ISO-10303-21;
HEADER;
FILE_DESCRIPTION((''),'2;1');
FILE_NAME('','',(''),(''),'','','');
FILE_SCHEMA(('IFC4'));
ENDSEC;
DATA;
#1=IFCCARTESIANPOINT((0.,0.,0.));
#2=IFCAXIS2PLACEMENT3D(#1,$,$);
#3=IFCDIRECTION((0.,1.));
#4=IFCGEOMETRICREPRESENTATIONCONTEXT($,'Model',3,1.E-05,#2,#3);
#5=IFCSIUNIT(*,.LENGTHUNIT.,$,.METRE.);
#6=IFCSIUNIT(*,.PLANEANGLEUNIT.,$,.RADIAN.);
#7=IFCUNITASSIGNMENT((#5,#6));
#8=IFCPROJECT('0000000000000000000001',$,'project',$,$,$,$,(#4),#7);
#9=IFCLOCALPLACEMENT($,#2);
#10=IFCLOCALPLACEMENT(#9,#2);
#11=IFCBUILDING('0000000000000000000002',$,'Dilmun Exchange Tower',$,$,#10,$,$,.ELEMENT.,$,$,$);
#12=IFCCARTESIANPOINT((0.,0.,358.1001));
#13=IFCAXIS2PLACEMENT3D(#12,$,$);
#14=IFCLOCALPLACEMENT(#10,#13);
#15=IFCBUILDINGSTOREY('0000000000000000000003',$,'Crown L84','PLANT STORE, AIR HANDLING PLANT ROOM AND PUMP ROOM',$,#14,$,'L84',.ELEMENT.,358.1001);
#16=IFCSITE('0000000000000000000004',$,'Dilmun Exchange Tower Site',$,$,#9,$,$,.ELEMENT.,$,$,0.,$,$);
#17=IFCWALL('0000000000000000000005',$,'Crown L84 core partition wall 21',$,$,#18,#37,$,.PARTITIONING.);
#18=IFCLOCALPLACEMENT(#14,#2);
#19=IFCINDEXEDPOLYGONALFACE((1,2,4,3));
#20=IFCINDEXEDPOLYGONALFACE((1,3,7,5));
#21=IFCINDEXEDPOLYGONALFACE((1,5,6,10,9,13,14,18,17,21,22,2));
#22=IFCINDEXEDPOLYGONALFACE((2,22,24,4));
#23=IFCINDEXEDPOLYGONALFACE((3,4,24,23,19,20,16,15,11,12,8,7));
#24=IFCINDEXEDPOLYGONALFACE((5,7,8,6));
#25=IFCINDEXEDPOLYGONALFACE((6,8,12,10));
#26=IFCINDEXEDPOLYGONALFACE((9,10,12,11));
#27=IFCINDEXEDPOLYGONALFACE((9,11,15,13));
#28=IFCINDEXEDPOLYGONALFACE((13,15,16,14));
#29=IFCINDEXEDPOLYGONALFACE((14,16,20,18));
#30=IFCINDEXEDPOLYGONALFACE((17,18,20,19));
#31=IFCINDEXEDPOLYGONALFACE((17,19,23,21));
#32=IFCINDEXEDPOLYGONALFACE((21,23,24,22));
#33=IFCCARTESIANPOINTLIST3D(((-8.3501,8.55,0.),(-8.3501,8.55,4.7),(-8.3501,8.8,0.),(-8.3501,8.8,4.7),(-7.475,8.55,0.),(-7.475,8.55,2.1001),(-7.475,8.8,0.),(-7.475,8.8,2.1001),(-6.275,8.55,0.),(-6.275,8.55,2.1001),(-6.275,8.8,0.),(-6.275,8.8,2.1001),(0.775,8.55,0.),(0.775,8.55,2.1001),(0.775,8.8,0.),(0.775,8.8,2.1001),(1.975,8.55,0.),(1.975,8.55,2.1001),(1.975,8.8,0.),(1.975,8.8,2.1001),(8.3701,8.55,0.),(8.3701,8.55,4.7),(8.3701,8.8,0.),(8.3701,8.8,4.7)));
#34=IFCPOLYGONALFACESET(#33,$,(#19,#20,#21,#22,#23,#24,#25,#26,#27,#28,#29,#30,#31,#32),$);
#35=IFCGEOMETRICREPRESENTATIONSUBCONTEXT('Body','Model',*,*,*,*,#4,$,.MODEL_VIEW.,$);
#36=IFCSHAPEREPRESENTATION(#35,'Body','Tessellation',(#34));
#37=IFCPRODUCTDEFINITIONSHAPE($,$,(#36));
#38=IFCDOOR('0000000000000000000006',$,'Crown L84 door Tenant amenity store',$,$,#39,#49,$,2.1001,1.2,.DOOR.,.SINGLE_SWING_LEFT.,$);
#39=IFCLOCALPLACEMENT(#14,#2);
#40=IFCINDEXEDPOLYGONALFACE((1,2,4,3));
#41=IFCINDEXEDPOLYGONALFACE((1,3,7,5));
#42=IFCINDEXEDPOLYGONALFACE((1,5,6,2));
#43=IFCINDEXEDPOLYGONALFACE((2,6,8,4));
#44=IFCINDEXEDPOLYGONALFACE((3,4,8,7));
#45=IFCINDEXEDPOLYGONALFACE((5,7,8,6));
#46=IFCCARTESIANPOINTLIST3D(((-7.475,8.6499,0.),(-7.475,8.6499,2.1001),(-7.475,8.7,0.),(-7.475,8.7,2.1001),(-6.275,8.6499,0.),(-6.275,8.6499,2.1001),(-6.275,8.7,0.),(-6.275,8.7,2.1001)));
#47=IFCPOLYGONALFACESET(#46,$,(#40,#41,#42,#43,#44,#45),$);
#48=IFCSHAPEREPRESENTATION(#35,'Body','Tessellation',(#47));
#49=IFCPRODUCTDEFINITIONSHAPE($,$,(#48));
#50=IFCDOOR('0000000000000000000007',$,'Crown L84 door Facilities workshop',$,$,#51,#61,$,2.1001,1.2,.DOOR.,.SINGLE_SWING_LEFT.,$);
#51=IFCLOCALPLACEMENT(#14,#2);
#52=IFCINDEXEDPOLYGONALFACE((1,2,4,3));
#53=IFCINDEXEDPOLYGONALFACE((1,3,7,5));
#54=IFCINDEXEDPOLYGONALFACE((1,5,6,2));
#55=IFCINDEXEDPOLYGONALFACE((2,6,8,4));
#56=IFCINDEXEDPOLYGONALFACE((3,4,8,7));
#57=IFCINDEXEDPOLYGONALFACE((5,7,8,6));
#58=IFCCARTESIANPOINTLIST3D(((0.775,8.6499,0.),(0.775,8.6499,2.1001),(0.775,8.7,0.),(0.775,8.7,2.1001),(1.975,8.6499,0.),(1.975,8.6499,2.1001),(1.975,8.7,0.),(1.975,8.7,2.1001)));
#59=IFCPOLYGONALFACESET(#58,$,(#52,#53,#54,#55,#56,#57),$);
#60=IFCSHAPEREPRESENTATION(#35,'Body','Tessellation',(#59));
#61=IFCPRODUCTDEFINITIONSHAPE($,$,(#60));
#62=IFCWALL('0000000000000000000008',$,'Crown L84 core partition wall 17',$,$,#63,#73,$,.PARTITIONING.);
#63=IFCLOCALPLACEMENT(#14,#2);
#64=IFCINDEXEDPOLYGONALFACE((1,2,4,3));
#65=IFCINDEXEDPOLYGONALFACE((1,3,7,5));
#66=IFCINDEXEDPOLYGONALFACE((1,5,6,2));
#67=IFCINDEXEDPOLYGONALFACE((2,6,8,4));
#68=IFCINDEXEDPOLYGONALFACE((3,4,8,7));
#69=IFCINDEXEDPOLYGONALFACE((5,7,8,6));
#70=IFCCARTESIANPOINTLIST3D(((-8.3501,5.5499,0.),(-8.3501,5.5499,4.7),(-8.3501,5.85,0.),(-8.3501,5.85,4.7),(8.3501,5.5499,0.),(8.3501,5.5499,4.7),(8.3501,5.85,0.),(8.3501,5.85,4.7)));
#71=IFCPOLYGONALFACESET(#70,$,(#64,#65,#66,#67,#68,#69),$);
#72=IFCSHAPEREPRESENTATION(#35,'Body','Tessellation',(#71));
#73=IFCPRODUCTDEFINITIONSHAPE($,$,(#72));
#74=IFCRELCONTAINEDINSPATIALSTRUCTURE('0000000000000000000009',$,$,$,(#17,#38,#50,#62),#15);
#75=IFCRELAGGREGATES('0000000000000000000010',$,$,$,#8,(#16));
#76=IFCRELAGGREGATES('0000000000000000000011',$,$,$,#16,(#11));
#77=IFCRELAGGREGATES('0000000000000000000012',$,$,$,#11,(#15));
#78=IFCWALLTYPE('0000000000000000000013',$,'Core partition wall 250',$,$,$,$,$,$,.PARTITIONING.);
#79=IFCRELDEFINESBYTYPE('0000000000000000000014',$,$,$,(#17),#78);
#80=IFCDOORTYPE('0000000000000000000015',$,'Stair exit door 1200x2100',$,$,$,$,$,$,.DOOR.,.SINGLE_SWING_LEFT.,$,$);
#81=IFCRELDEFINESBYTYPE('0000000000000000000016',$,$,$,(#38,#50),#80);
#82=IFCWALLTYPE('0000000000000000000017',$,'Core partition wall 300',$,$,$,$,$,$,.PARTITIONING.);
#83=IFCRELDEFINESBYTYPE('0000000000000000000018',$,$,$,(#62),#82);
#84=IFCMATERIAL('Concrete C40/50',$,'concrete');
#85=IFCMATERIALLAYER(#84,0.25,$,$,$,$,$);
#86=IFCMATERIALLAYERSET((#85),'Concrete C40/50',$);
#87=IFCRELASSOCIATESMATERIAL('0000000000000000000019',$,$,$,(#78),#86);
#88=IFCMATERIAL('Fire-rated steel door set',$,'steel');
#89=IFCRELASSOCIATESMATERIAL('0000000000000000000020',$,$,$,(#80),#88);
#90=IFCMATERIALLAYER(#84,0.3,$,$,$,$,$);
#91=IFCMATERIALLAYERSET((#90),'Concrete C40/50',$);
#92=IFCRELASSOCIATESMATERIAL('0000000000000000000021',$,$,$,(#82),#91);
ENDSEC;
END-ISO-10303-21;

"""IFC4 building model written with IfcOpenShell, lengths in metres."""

from ifc_helpers import new_model, si_unit, direction, frame, frame_2d, origin, place, context, subcontext, project, spatial, rectangle, extrude, material, layer, layer_set, type_object, element, fill, save


model = new_model("IFC4")

# Units and contexts
model_context = context("Model", 3, precision=1e-05, world=origin(), true_north=direction((0.0, 1.0)))
body_context = subcontext(model_context, "Body", "Model", "MODEL_VIEW")
ifc_project = project(units=[si_unit("LENGTHUNIT", "METRE"), si_unit("PLANEANGLEUNIT", "RADIAN")], contexts=[model_context])

# Site, building, storey
site_placement = place(None, origin())
site = spatial("IfcSite", under=ifc_project, at=site_placement, Name="Dilmun Exchange Tower Site", CompositionType="ELEMENT", RefElevation=0.0)
building_placement = place(site_placement, origin())
building = spatial("IfcBuilding", under=site, at=building_placement, Name="Dilmun Exchange Tower", CompositionType="ELEMENT")
storey_placement = place(building_placement, frame((0.0, 0.0, 358.1001)))
storey = spatial("IfcBuildingStorey", under=building, at=storey_placement, Name="Crown L84", Description="PLANT STORE, AIR HANDLING PLANT ROOM AND PUMP ROOM", LongName="L84", CompositionType="ELEMENT", Elevation=358.1001)

# Shared definitions
ifc_material_1 = material(Name="Concrete C40/50", Category="concrete")

# Shared definitions
ifc_layer_1 = layer(ifc_material_1, 0.25)
ifc_layer_set_1 = layer_set([ifc_layer_1], Name="Concrete C40/50")
wall_type_1 = type_object("IfcWallType", Name="Core partition wall 250", PredefinedType="PARTITIONING", material=ifc_layer_set_1)
ifc_material_2 = material(Name="Fire-rated steel door set", Category="steel")
door_type_1 = type_object("IfcDoorType", Name="Stair exit door 1200x2100", OperationType="SINGLE_SWING_LEFT", PredefinedType="DOOR", material=ifc_material_2)

# Wall, openings, doors
wall_1_placement = place(storey_placement, frame((-8.3501, 8.675, 0.0), z_axis=(0.0, 0.0, 1.0), x_axis=(1.0, 0.0, 0.0)))
wall_1 = element("IfcWall", 1, at=wall_1_placement, inside=storey, type_object=wall_type_1, Name="Crown L84 core partition wall 21", PredefinedType="PARTITIONING", context=body_context, shape_type="SweptSolid", body=[
    extrude(rectangle(XDim=16.7202, YDim=0.25, at=frame_2d((8.3601, 0.0))), origin(), (0.0, 0.0, 1.0), 4.7),
])
opening_1_placement = place(wall_1_placement, frame((0.875, 0.0, 0.0)))
opening_1 = element("IfcOpeningElement", 2, at=opening_1_placement, cuts=wall_1, PredefinedType="OPENING", context=body_context, shape_type="SweptSolid", body=[
    extrude(rectangle(XDim=1.2, YDim=2.1001, at=frame_2d((0.6001, 1.05))), frame((0.0, 0.135, 0.0), z_axis=(0.0, -1.0, 0.0), x_axis=(1.0, 0.0, 0.0)), (0.0, 0.0, 1.0), 0.27),
])
opening_2_placement = place(wall_1_placement, frame((9.125, 0.0, 0.0)))
opening_2 = element("IfcOpeningElement", 3, at=opening_2_placement, cuts=wall_1, PredefinedType="OPENING", context=body_context, shape_type="SweptSolid", body=[
    extrude(rectangle(XDim=1.2, YDim=2.1001, at=frame_2d((0.6001, 1.05))), frame((0.0, 0.135, 0.0), z_axis=(0.0, -1.0, 0.0), x_axis=(1.0, 0.0, 0.0)), (0.0, 0.0, 1.0), 0.27),
])
door_1_placement = place(opening_1_placement, origin())
door_1 = element("IfcDoor", 4, at=door_1_placement, inside=storey, type_object=door_type_1, Name="Crown L84 door Tenant amenity store", OperationType="SINGLE_SWING_LEFT", OverallHeight=2.1001, OverallWidth=1.2, PredefinedType="DOOR", context=body_context, shape_type="SweptSolid", body=[
    extrude(rectangle(XDim=1.2, YDim=2.1001, at=frame_2d((0.6001, 1.05))), frame((0.0, 0.0249, 0.0), z_axis=(0.0, -1.0, 0.0), x_axis=(1.0, 0.0, 0.0)), (0.0, 0.0, 1.0), 0.05),
])
fill(opening_1, door_1)
door_2_placement = place(opening_2_placement, origin())
door_2 = element("IfcDoor", 5, at=door_2_placement, inside=storey, type_object=door_type_1, Name="Crown L84 door Facilities workshop", OperationType="SINGLE_SWING_LEFT", OverallHeight=2.1001, OverallWidth=1.2, PredefinedType="DOOR", context=body_context, shape_type="SweptSolid", body=[
    extrude(rectangle(XDim=1.2, YDim=2.1001, at=frame_2d((0.6001, 1.05))), frame((0.0, 0.0249, 0.0), z_axis=(0.0, -1.0, 0.0), x_axis=(1.0, 0.0, 0.0)), (0.0, 0.0, 1.0), 0.05),
])
fill(opening_2, door_2)

# Wall
ifc_layer_2 = layer(ifc_material_1, 0.3)
ifc_layer_set_2 = layer_set([ifc_layer_2], Name="Concrete C40/50")
wall_type_2 = type_object("IfcWallType", Name="Core partition wall 300", PredefinedType="PARTITIONING", material=ifc_layer_set_2)
wall_2_placement = place(storey_placement, frame((-8.3501, 5.7, 0.0), z_axis=(0.0, 0.0, 1.0), x_axis=(1.0, 0.0, 0.0)))
element("IfcWall", 6, at=wall_2_placement, inside=storey, type_object=wall_type_2, Name="Crown L84 core partition wall 17", PredefinedType="PARTITIONING", context=body_context, shape_type="SweptSolid", body=[
    extrude(rectangle(XDim=16.7002, YDim=0.3, at=frame_2d((8.3501, 0.0))), origin(), (0.0, 0.0, 1.0), 4.7),
])

save(model, "model.ifc")
